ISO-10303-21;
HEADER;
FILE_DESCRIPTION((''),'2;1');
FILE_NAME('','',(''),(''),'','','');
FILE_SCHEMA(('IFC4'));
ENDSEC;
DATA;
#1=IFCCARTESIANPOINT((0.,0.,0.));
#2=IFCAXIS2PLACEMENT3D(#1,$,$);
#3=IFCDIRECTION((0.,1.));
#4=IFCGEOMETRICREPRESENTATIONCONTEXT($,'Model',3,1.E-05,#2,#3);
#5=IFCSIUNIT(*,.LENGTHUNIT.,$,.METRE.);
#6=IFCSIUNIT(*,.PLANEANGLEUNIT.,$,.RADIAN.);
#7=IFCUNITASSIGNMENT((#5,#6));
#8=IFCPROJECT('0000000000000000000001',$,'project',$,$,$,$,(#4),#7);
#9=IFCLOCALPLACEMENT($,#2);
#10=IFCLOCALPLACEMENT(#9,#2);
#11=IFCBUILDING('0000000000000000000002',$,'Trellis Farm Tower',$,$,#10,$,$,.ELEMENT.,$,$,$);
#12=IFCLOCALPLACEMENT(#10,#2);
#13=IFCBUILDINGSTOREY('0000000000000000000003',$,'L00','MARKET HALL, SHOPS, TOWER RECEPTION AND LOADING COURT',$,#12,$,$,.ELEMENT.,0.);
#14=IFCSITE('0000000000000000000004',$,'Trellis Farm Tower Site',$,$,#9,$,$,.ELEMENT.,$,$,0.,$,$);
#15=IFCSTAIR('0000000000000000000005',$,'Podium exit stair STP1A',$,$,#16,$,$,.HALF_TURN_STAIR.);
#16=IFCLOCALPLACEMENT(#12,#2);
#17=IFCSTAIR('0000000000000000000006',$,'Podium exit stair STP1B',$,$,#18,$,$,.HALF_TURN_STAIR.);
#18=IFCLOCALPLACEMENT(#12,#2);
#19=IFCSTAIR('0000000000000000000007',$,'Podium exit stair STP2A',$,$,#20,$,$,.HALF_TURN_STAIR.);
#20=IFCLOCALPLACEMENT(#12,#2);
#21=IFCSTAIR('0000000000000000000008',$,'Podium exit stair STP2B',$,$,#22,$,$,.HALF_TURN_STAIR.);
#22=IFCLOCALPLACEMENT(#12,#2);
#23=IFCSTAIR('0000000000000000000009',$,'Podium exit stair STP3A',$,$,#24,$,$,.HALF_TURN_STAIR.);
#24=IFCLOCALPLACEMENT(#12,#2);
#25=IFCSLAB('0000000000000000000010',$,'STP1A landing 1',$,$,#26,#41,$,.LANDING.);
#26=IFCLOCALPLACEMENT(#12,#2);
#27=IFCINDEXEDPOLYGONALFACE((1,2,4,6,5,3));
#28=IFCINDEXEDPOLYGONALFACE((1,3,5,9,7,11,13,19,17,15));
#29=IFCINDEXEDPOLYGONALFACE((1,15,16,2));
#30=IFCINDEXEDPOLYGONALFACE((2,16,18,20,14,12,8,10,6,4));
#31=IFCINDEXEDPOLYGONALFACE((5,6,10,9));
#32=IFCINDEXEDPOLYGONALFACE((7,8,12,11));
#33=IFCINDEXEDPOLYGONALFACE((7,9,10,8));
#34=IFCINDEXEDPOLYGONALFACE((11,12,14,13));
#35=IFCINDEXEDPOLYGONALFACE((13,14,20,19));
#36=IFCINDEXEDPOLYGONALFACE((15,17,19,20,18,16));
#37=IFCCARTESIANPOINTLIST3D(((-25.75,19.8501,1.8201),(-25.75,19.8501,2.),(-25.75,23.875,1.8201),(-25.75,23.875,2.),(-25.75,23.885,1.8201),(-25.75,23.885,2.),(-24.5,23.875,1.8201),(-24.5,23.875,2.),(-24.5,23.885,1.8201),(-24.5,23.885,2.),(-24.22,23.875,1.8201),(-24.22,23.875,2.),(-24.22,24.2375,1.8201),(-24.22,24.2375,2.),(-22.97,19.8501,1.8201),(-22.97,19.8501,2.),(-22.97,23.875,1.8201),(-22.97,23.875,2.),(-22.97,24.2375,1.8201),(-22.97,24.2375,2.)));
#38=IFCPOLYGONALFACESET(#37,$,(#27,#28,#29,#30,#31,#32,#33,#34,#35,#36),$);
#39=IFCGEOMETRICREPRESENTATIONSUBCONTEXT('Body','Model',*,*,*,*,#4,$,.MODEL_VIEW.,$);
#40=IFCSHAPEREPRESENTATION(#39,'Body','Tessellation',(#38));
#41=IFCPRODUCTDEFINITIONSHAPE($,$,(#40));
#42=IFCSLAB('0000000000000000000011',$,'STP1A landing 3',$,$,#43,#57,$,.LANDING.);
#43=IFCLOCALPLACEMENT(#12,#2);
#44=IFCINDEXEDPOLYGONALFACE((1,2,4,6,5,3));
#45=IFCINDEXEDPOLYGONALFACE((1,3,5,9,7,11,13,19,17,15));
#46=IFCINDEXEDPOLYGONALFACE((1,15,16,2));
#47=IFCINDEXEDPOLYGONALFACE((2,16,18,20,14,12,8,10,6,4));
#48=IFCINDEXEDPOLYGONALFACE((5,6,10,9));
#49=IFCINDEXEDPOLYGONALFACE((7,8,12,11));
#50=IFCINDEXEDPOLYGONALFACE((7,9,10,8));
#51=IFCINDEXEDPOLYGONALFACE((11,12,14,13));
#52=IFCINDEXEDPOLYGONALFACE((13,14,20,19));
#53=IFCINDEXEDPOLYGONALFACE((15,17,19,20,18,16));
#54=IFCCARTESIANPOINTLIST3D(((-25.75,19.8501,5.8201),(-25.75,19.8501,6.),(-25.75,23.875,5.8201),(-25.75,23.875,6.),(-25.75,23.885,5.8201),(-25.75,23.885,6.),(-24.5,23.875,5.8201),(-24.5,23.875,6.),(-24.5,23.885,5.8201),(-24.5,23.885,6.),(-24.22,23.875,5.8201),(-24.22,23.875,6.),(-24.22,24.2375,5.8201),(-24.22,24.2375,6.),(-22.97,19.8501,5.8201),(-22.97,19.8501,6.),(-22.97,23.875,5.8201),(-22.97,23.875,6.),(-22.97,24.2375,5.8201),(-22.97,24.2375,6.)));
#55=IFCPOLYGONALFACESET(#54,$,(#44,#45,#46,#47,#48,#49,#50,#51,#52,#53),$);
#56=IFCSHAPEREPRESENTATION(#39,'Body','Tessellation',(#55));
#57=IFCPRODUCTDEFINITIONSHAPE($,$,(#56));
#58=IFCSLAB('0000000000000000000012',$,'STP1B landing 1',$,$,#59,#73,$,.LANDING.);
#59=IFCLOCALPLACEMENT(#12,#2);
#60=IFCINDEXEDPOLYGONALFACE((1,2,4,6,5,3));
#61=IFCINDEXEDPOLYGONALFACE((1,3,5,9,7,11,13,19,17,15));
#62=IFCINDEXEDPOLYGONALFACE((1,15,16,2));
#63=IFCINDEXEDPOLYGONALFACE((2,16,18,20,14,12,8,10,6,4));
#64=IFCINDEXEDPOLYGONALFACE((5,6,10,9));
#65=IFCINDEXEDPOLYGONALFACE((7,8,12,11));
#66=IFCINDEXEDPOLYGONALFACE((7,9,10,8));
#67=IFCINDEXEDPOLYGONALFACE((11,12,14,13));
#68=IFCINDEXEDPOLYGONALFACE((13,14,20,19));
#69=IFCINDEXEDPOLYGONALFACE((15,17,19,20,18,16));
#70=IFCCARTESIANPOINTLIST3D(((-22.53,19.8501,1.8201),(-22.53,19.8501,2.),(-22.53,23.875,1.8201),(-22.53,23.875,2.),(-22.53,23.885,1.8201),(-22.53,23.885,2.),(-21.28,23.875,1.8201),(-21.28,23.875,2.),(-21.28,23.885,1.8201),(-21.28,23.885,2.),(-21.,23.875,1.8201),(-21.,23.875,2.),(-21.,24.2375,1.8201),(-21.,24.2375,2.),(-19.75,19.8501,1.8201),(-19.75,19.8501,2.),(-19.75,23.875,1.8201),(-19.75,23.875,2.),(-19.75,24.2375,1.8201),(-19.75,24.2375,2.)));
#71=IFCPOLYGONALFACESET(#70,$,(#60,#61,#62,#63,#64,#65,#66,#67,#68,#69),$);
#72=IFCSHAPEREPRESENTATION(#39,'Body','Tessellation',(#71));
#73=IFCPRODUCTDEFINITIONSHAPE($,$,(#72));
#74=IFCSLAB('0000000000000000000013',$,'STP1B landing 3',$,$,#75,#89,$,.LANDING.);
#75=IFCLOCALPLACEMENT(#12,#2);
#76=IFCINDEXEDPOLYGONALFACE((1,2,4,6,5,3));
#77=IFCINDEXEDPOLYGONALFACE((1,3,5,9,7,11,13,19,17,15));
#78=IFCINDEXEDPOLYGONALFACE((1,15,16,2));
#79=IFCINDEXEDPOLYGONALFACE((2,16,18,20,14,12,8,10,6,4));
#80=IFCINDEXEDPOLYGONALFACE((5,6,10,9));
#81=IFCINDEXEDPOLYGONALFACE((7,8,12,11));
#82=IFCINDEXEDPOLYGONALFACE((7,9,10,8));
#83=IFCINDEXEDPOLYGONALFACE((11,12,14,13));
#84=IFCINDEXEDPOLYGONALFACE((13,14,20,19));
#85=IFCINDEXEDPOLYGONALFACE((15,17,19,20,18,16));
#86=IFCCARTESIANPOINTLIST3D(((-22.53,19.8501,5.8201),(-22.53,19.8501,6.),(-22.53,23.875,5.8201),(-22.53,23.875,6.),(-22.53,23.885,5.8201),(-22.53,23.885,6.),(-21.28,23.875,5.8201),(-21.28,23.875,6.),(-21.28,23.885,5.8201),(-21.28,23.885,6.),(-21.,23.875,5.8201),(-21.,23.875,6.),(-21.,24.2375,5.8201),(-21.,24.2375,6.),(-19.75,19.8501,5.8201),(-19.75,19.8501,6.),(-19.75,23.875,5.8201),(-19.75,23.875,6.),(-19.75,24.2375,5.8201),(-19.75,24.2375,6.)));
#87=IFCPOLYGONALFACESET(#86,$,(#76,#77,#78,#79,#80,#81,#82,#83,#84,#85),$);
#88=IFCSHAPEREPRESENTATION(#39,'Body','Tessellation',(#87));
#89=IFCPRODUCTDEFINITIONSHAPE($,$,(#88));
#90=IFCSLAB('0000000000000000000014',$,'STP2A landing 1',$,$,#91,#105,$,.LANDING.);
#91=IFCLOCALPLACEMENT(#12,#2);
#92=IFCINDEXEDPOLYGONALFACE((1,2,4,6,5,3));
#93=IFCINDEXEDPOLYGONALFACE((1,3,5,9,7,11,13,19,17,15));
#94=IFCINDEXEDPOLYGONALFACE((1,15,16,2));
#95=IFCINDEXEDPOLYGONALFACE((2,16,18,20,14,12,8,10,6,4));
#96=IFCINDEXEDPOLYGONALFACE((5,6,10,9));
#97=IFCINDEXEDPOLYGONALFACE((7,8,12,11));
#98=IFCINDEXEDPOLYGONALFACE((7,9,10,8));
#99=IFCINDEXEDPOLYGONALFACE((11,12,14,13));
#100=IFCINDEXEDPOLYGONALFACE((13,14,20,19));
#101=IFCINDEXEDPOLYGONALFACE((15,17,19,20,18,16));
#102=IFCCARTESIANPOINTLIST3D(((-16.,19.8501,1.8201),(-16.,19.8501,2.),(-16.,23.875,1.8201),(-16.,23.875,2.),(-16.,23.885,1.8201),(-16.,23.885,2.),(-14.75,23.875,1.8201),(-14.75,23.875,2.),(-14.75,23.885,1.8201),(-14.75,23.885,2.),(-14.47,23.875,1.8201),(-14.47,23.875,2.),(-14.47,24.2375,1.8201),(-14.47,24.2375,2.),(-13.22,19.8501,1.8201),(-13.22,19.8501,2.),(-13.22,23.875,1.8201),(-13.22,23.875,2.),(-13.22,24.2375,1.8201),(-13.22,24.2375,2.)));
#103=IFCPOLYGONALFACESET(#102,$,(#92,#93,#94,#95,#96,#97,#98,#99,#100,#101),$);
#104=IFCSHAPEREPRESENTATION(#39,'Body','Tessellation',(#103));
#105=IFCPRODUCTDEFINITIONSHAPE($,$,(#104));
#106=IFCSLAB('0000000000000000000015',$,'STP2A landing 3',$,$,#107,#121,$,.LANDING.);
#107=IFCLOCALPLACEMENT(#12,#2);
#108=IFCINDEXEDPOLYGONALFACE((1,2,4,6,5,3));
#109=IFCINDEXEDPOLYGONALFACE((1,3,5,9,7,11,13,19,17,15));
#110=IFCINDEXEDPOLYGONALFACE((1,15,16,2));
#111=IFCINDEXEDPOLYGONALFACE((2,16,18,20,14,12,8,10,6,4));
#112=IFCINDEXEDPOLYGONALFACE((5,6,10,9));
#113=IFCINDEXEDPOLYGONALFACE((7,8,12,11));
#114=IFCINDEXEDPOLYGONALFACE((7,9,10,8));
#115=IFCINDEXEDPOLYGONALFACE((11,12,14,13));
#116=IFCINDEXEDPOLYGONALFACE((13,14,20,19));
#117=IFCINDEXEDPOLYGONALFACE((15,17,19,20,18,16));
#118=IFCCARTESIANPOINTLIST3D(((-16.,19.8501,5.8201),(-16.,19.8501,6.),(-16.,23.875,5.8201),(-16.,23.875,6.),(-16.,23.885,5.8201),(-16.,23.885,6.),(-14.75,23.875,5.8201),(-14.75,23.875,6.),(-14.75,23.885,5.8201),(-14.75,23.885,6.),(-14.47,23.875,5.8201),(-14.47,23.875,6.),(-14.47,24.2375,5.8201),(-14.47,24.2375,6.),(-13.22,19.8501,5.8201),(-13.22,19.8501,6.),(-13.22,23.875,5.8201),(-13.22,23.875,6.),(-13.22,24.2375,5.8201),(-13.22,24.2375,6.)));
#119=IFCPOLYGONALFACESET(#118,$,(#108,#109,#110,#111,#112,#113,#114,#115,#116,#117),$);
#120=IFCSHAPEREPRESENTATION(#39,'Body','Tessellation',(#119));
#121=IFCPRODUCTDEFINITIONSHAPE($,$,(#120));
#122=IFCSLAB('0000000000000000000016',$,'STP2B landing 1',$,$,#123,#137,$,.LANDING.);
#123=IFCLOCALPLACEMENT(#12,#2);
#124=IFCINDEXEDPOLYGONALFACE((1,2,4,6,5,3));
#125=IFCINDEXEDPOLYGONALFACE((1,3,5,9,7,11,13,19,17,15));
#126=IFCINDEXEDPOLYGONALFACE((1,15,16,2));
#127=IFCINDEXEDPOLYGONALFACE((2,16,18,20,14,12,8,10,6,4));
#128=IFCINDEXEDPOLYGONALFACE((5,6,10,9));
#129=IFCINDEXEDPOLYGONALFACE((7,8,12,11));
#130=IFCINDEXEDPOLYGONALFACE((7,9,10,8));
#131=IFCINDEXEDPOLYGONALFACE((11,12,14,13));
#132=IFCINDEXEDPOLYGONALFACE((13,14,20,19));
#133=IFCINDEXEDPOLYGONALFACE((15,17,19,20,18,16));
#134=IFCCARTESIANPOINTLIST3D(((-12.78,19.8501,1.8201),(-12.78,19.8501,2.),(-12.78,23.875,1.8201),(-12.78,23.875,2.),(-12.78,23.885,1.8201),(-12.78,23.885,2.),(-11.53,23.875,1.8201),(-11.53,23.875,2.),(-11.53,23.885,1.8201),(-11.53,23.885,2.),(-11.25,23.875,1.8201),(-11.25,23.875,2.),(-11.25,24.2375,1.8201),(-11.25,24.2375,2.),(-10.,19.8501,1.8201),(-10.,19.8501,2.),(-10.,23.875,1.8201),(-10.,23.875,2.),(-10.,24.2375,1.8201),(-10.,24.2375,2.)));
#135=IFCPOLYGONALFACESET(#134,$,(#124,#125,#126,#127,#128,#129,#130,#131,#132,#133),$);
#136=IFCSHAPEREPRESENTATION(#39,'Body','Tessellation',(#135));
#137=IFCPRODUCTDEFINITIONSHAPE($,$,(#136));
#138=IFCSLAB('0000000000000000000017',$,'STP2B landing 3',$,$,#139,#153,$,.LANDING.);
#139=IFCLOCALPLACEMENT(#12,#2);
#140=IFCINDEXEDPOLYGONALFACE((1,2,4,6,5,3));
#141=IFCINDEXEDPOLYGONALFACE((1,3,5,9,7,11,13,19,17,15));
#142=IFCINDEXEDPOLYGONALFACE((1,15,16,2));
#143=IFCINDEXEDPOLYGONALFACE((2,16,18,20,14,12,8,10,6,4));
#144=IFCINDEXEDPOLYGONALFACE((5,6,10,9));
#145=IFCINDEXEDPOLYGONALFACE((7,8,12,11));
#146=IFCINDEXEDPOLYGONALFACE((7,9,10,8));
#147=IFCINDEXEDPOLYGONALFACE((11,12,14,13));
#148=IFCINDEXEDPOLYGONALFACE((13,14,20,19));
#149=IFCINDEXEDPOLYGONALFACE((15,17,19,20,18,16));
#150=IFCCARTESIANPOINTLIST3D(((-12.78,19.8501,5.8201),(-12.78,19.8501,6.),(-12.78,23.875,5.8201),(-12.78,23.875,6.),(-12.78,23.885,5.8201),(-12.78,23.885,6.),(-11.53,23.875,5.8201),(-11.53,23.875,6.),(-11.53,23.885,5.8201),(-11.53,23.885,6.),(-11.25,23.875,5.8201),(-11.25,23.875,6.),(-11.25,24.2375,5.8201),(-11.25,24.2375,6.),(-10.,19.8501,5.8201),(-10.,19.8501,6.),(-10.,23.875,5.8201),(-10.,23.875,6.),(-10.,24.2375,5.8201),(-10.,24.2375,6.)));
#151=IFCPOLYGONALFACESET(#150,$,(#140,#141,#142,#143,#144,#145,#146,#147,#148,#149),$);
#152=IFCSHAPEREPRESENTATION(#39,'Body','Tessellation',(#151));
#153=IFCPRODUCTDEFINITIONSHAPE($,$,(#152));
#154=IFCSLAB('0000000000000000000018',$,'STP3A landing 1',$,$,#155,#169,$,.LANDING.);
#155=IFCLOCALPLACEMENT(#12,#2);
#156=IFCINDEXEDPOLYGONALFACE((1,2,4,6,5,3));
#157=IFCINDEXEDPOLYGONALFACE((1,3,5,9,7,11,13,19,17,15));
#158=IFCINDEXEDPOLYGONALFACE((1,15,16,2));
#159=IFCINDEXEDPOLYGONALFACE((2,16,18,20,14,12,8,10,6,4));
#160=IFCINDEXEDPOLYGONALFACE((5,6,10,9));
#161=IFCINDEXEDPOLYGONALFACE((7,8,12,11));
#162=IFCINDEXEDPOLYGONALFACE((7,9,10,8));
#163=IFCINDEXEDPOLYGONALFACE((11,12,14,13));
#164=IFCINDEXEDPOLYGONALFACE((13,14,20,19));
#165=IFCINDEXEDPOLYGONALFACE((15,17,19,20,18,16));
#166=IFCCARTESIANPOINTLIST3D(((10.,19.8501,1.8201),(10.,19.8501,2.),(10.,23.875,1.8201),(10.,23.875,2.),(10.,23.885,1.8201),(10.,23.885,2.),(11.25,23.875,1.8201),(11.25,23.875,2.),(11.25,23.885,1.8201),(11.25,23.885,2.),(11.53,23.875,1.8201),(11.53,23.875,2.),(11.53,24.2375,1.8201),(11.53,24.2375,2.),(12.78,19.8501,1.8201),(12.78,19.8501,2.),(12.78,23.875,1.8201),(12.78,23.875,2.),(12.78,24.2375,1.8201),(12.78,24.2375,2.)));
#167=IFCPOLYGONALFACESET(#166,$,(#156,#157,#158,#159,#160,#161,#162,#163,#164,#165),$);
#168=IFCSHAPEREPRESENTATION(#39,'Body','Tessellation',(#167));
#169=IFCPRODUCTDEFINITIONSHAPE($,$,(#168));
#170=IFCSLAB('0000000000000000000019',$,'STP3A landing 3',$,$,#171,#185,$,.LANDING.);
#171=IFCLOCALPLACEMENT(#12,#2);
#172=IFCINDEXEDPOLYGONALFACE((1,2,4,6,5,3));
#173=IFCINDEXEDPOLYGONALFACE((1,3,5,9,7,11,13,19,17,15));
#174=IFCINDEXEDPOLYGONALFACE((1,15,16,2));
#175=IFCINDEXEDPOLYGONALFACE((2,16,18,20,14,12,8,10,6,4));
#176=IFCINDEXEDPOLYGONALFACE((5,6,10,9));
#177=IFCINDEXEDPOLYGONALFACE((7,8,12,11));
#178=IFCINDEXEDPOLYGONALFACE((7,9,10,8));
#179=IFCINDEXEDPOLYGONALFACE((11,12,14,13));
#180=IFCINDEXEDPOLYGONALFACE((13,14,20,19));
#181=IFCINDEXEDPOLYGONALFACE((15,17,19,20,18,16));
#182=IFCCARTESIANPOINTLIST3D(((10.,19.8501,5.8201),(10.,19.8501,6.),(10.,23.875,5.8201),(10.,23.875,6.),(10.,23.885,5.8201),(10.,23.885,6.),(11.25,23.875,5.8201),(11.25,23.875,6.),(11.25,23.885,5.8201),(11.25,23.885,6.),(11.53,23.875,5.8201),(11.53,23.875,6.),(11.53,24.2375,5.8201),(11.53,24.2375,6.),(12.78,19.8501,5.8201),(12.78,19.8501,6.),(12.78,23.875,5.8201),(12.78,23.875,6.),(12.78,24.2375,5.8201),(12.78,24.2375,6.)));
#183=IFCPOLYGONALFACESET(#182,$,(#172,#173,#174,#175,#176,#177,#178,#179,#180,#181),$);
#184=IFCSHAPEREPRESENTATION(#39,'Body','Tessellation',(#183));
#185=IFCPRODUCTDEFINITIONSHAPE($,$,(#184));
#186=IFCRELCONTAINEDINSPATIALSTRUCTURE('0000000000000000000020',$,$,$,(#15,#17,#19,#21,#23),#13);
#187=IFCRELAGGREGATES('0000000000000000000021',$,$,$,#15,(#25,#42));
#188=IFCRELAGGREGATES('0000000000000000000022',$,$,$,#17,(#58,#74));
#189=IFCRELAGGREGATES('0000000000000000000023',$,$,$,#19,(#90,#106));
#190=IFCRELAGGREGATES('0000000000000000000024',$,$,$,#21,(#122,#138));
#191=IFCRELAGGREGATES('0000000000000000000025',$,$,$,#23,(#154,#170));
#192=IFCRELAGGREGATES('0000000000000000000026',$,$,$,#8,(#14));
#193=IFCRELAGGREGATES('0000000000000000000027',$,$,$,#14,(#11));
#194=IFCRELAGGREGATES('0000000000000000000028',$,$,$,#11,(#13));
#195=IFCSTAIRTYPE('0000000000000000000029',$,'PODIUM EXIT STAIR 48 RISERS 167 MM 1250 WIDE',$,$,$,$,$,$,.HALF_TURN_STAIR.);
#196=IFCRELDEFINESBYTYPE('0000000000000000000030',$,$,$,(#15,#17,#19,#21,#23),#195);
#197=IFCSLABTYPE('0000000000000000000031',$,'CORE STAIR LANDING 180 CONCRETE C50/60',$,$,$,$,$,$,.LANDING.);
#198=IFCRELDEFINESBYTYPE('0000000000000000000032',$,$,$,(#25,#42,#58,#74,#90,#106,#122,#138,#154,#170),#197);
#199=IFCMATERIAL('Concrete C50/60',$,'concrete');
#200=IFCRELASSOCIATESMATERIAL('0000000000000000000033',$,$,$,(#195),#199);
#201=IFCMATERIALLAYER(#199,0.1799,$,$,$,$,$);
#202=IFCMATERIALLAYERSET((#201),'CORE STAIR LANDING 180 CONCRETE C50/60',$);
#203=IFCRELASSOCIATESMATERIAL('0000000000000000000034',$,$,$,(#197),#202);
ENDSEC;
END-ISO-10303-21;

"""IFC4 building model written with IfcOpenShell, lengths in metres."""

from ifc_helpers import new_model, si_unit, direction, frame, origin, place, context, subcontext, project, spatial, polyline, outline, extrude, source, transform, mapped, material, layer, layer_set, type_object, element, aggregate, save


model = new_model("IFC4")

# Units and contexts
model_context = context("Model", 3, precision=1e-05, world=origin(), true_north=direction((0.0, 1.0)))
body_context = subcontext(model_context, "Body", "Model", "MODEL_VIEW")
ifc_project = project(units=[si_unit("LENGTHUNIT", "METRE"), si_unit("PLANEANGLEUNIT", "RADIAN")], contexts=[model_context])

# Site, building, storey
site_placement = place(None, origin())
site = spatial("IfcSite", under=ifc_project, at=site_placement, Name="Trellis Farm Tower Site", CompositionType="ELEMENT", RefElevation=0.0)
building_placement = place(site_placement, origin())
building = spatial("IfcBuilding", under=site, at=building_placement, Name="Trellis Farm Tower", CompositionType="ELEMENT")
storey_placement = place(building_placement, origin())
storey = spatial("IfcBuildingStorey", under=building, at=storey_placement, Name="L00", Description="MARKET HALL, SHOPS, TOWER RECEPTION AND LOADING COURT", CompositionType="ELEMENT", Elevation=0.0)

# Stairs
ifc_material = material(Name="Concrete C50/60", Category="concrete")
stair_type_1 = type_object("IfcStairType", Name="PODIUM EXIT STAIR 48 RISERS 167 MM 1250 WIDE", PredefinedType="HALF_TURN_STAIR", material=ifc_material)
placement_1 = place(storey_placement, origin())
stair_1 = element("IfcStair", 1, at=placement_1, inside=storey, type_object=stair_type_1, Name="Podium exit stair STP1A", PredefinedType="HALF_TURN_STAIR")
ifc_layer = layer(ifc_material, 0.1799)
ifc_layer_set = layer_set([ifc_layer], Name="CORE STAIR LANDING 180 CONCRETE C50/60")
slab_type = type_object("IfcSlabType", Name="CORE STAIR LANDING 180 CONCRETE C50/60", PredefinedType="LANDING", material=ifc_layer_set)
stair_2 = element("IfcStair", 2, at=placement_1, inside=storey, type_object=stair_type_1, Name="Podium exit stair STP1B", PredefinedType="HALF_TURN_STAIR")
stair_3 = element("IfcStair", 3, at=placement_1, inside=storey, type_object=stair_type_1, Name="Podium exit stair STP2A", PredefinedType="HALF_TURN_STAIR")
stair_4 = element("IfcStair", 4, at=placement_1, inside=storey, type_object=stair_type_1, Name="Podium exit stair STP2B", PredefinedType="HALF_TURN_STAIR")
stair_5 = element("IfcStair", 5, at=placement_1, inside=storey, type_object=stair_type_1, Name="Podium exit stair STP3A", PredefinedType="HALF_TURN_STAIR")
placement_2 = place(storey_placement, frame((0.0, 0.0, 5.8201)))

# Shared definitions
placement_3 = place(storey_placement, frame((0.0, 0.0, 1.8201)))

# Slabs
shared_shape_1 = source(origin(), body_context, "Body", "SweptSolid", [
    extrude(outline(polyline([(-22.97, 19.8501), (-25.75, 19.8501), (-25.75, 23.875), (-25.75, 23.885), (-24.5, 23.885), (-24.5, 23.875), (-24.22, 23.875), (-24.22, 24.2375), (-22.97, 24.2375), (-22.97, 23.875), (-22.97, 19.8501)])), origin(), (0.0, 0.0, 1.0), 0.1799),
])
slab_1 = element("IfcSlab", 6, at=placement_3, type_object=slab_type, Name="STP1A landing 1", PredefinedType="LANDING", context=body_context, shape_type="MappedRepresentation", body=[
    mapped(shared_shape_1, transform((0.0, 0.0, 0.0))),
])
slab_2 = element("IfcSlab", 7, at=placement_2, type_object=slab_type, Name="STP1A landing 3", PredefinedType="LANDING", context=body_context, shape_type="MappedRepresentation", body=[
    mapped(shared_shape_1, transform((0.0, 0.0, 0.0))),
])
aggregate(stair_1, [slab_1, slab_2])
shared_shape_2 = source(origin(), body_context, "Body", "SweptSolid", [
    extrude(outline(polyline([(-19.75, 19.8501), (-22.53, 19.8501), (-22.53, 23.875), (-22.53, 23.885), (-21.28, 23.885), (-21.28, 23.875), (-21.0, 23.875), (-21.0, 24.2375), (-19.75, 24.2375), (-19.75, 23.875), (-19.75, 19.8501)])), origin(), (0.0, 0.0, 1.0), 0.1799),
])
slab_3 = element("IfcSlab", 8, at=placement_3, type_object=slab_type, Name="STP1B landing 1", PredefinedType="LANDING", context=body_context, shape_type="MappedRepresentation", body=[
    mapped(shared_shape_2, transform((0.0, 0.0, 0.0))),
])
slab_4 = element("IfcSlab", 9, at=placement_2, type_object=slab_type, Name="STP1B landing 3", PredefinedType="LANDING", context=body_context, shape_type="MappedRepresentation", body=[
    mapped(shared_shape_2, transform((0.0, 0.0, 0.0))),
])
aggregate(stair_2, [slab_3, slab_4])
shared_shape_3 = source(origin(), body_context, "Body", "SweptSolid", [
    extrude(outline(polyline([(-13.22, 19.8501), (-16.0, 19.8501), (-16.0, 23.875), (-16.0, 23.885), (-14.75, 23.885), (-14.75, 23.875), (-14.47, 23.875), (-14.47, 24.2375), (-13.22, 24.2375), (-13.22, 23.875), (-13.22, 19.8501)])), origin(), (0.0, 0.0, 1.0), 0.1799),
])
slab_5 = element("IfcSlab", 10, at=placement_3, type_object=slab_type, Name="STP2A landing 1", PredefinedType="LANDING", context=body_context, shape_type="MappedRepresentation", body=[
    mapped(shared_shape_3, transform((0.0, 0.0, 0.0))),
])
slab_6 = element("IfcSlab", 11, at=placement_2, type_object=slab_type, Name="STP2A landing 3", PredefinedType="LANDING", context=body_context, shape_type="MappedRepresentation", body=[
    mapped(shared_shape_3, transform((0.0, 0.0, 0.0))),
])
aggregate(stair_3, [slab_5, slab_6])
shared_shape_4 = source(origin(), body_context, "Body", "SweptSolid", [
    extrude(outline(polyline([(-10.0, 19.8501), (-12.78, 19.8501), (-12.78, 23.875), (-12.78, 23.885), (-11.53, 23.885), (-11.53, 23.875), (-11.25, 23.875), (-11.25, 24.2375), (-10.0, 24.2375), (-10.0, 23.875), (-10.0, 19.8501)])), origin(), (0.0, 0.0, 1.0), 0.1799),
])
slab_7 = element("IfcSlab", 12, at=placement_3, type_object=slab_type, Name="STP2B landing 1", PredefinedType="LANDING", context=body_context, shape_type="MappedRepresentation", body=[
    mapped(shared_shape_4, transform((0.0, 0.0, 0.0))),
])
slab_8 = element("IfcSlab", 13, at=placement_2, type_object=slab_type, Name="STP2B landing 3", PredefinedType="LANDING", context=body_context, shape_type="MappedRepresentation", body=[
    mapped(shared_shape_4, transform((0.0, 0.0, 0.0))),
])
aggregate(stair_4, [slab_7, slab_8])
shared_shape_5 = source(origin(), body_context, "Body", "SweptSolid", [
    extrude(outline(polyline([(12.78, 19.8501), (10.0, 19.8501), (10.0, 23.875), (10.0, 23.885), (11.25, 23.885), (11.25, 23.875), (11.53, 23.875), (11.53, 24.2375), (12.78, 24.2375), (12.78, 23.875), (12.78, 19.8501)])), origin(), (0.0, 0.0, 1.0), 0.1799),
])
slab_9 = element("IfcSlab", 14, at=placement_3, type_object=slab_type, Name="STP3A landing 1", PredefinedType="LANDING", context=body_context, shape_type="MappedRepresentation", body=[
    mapped(shared_shape_5, transform((0.0, 0.0, 0.0))),
])
slab_10 = element("IfcSlab", 15, at=placement_2, type_object=slab_type, Name="STP3A landing 3", PredefinedType="LANDING", context=body_context, shape_type="MappedRepresentation", body=[
    mapped(shared_shape_5, transform((0.0, 0.0, 0.0))),
])
aggregate(stair_5, [slab_9, slab_10])

save(model, "model.ifc")
